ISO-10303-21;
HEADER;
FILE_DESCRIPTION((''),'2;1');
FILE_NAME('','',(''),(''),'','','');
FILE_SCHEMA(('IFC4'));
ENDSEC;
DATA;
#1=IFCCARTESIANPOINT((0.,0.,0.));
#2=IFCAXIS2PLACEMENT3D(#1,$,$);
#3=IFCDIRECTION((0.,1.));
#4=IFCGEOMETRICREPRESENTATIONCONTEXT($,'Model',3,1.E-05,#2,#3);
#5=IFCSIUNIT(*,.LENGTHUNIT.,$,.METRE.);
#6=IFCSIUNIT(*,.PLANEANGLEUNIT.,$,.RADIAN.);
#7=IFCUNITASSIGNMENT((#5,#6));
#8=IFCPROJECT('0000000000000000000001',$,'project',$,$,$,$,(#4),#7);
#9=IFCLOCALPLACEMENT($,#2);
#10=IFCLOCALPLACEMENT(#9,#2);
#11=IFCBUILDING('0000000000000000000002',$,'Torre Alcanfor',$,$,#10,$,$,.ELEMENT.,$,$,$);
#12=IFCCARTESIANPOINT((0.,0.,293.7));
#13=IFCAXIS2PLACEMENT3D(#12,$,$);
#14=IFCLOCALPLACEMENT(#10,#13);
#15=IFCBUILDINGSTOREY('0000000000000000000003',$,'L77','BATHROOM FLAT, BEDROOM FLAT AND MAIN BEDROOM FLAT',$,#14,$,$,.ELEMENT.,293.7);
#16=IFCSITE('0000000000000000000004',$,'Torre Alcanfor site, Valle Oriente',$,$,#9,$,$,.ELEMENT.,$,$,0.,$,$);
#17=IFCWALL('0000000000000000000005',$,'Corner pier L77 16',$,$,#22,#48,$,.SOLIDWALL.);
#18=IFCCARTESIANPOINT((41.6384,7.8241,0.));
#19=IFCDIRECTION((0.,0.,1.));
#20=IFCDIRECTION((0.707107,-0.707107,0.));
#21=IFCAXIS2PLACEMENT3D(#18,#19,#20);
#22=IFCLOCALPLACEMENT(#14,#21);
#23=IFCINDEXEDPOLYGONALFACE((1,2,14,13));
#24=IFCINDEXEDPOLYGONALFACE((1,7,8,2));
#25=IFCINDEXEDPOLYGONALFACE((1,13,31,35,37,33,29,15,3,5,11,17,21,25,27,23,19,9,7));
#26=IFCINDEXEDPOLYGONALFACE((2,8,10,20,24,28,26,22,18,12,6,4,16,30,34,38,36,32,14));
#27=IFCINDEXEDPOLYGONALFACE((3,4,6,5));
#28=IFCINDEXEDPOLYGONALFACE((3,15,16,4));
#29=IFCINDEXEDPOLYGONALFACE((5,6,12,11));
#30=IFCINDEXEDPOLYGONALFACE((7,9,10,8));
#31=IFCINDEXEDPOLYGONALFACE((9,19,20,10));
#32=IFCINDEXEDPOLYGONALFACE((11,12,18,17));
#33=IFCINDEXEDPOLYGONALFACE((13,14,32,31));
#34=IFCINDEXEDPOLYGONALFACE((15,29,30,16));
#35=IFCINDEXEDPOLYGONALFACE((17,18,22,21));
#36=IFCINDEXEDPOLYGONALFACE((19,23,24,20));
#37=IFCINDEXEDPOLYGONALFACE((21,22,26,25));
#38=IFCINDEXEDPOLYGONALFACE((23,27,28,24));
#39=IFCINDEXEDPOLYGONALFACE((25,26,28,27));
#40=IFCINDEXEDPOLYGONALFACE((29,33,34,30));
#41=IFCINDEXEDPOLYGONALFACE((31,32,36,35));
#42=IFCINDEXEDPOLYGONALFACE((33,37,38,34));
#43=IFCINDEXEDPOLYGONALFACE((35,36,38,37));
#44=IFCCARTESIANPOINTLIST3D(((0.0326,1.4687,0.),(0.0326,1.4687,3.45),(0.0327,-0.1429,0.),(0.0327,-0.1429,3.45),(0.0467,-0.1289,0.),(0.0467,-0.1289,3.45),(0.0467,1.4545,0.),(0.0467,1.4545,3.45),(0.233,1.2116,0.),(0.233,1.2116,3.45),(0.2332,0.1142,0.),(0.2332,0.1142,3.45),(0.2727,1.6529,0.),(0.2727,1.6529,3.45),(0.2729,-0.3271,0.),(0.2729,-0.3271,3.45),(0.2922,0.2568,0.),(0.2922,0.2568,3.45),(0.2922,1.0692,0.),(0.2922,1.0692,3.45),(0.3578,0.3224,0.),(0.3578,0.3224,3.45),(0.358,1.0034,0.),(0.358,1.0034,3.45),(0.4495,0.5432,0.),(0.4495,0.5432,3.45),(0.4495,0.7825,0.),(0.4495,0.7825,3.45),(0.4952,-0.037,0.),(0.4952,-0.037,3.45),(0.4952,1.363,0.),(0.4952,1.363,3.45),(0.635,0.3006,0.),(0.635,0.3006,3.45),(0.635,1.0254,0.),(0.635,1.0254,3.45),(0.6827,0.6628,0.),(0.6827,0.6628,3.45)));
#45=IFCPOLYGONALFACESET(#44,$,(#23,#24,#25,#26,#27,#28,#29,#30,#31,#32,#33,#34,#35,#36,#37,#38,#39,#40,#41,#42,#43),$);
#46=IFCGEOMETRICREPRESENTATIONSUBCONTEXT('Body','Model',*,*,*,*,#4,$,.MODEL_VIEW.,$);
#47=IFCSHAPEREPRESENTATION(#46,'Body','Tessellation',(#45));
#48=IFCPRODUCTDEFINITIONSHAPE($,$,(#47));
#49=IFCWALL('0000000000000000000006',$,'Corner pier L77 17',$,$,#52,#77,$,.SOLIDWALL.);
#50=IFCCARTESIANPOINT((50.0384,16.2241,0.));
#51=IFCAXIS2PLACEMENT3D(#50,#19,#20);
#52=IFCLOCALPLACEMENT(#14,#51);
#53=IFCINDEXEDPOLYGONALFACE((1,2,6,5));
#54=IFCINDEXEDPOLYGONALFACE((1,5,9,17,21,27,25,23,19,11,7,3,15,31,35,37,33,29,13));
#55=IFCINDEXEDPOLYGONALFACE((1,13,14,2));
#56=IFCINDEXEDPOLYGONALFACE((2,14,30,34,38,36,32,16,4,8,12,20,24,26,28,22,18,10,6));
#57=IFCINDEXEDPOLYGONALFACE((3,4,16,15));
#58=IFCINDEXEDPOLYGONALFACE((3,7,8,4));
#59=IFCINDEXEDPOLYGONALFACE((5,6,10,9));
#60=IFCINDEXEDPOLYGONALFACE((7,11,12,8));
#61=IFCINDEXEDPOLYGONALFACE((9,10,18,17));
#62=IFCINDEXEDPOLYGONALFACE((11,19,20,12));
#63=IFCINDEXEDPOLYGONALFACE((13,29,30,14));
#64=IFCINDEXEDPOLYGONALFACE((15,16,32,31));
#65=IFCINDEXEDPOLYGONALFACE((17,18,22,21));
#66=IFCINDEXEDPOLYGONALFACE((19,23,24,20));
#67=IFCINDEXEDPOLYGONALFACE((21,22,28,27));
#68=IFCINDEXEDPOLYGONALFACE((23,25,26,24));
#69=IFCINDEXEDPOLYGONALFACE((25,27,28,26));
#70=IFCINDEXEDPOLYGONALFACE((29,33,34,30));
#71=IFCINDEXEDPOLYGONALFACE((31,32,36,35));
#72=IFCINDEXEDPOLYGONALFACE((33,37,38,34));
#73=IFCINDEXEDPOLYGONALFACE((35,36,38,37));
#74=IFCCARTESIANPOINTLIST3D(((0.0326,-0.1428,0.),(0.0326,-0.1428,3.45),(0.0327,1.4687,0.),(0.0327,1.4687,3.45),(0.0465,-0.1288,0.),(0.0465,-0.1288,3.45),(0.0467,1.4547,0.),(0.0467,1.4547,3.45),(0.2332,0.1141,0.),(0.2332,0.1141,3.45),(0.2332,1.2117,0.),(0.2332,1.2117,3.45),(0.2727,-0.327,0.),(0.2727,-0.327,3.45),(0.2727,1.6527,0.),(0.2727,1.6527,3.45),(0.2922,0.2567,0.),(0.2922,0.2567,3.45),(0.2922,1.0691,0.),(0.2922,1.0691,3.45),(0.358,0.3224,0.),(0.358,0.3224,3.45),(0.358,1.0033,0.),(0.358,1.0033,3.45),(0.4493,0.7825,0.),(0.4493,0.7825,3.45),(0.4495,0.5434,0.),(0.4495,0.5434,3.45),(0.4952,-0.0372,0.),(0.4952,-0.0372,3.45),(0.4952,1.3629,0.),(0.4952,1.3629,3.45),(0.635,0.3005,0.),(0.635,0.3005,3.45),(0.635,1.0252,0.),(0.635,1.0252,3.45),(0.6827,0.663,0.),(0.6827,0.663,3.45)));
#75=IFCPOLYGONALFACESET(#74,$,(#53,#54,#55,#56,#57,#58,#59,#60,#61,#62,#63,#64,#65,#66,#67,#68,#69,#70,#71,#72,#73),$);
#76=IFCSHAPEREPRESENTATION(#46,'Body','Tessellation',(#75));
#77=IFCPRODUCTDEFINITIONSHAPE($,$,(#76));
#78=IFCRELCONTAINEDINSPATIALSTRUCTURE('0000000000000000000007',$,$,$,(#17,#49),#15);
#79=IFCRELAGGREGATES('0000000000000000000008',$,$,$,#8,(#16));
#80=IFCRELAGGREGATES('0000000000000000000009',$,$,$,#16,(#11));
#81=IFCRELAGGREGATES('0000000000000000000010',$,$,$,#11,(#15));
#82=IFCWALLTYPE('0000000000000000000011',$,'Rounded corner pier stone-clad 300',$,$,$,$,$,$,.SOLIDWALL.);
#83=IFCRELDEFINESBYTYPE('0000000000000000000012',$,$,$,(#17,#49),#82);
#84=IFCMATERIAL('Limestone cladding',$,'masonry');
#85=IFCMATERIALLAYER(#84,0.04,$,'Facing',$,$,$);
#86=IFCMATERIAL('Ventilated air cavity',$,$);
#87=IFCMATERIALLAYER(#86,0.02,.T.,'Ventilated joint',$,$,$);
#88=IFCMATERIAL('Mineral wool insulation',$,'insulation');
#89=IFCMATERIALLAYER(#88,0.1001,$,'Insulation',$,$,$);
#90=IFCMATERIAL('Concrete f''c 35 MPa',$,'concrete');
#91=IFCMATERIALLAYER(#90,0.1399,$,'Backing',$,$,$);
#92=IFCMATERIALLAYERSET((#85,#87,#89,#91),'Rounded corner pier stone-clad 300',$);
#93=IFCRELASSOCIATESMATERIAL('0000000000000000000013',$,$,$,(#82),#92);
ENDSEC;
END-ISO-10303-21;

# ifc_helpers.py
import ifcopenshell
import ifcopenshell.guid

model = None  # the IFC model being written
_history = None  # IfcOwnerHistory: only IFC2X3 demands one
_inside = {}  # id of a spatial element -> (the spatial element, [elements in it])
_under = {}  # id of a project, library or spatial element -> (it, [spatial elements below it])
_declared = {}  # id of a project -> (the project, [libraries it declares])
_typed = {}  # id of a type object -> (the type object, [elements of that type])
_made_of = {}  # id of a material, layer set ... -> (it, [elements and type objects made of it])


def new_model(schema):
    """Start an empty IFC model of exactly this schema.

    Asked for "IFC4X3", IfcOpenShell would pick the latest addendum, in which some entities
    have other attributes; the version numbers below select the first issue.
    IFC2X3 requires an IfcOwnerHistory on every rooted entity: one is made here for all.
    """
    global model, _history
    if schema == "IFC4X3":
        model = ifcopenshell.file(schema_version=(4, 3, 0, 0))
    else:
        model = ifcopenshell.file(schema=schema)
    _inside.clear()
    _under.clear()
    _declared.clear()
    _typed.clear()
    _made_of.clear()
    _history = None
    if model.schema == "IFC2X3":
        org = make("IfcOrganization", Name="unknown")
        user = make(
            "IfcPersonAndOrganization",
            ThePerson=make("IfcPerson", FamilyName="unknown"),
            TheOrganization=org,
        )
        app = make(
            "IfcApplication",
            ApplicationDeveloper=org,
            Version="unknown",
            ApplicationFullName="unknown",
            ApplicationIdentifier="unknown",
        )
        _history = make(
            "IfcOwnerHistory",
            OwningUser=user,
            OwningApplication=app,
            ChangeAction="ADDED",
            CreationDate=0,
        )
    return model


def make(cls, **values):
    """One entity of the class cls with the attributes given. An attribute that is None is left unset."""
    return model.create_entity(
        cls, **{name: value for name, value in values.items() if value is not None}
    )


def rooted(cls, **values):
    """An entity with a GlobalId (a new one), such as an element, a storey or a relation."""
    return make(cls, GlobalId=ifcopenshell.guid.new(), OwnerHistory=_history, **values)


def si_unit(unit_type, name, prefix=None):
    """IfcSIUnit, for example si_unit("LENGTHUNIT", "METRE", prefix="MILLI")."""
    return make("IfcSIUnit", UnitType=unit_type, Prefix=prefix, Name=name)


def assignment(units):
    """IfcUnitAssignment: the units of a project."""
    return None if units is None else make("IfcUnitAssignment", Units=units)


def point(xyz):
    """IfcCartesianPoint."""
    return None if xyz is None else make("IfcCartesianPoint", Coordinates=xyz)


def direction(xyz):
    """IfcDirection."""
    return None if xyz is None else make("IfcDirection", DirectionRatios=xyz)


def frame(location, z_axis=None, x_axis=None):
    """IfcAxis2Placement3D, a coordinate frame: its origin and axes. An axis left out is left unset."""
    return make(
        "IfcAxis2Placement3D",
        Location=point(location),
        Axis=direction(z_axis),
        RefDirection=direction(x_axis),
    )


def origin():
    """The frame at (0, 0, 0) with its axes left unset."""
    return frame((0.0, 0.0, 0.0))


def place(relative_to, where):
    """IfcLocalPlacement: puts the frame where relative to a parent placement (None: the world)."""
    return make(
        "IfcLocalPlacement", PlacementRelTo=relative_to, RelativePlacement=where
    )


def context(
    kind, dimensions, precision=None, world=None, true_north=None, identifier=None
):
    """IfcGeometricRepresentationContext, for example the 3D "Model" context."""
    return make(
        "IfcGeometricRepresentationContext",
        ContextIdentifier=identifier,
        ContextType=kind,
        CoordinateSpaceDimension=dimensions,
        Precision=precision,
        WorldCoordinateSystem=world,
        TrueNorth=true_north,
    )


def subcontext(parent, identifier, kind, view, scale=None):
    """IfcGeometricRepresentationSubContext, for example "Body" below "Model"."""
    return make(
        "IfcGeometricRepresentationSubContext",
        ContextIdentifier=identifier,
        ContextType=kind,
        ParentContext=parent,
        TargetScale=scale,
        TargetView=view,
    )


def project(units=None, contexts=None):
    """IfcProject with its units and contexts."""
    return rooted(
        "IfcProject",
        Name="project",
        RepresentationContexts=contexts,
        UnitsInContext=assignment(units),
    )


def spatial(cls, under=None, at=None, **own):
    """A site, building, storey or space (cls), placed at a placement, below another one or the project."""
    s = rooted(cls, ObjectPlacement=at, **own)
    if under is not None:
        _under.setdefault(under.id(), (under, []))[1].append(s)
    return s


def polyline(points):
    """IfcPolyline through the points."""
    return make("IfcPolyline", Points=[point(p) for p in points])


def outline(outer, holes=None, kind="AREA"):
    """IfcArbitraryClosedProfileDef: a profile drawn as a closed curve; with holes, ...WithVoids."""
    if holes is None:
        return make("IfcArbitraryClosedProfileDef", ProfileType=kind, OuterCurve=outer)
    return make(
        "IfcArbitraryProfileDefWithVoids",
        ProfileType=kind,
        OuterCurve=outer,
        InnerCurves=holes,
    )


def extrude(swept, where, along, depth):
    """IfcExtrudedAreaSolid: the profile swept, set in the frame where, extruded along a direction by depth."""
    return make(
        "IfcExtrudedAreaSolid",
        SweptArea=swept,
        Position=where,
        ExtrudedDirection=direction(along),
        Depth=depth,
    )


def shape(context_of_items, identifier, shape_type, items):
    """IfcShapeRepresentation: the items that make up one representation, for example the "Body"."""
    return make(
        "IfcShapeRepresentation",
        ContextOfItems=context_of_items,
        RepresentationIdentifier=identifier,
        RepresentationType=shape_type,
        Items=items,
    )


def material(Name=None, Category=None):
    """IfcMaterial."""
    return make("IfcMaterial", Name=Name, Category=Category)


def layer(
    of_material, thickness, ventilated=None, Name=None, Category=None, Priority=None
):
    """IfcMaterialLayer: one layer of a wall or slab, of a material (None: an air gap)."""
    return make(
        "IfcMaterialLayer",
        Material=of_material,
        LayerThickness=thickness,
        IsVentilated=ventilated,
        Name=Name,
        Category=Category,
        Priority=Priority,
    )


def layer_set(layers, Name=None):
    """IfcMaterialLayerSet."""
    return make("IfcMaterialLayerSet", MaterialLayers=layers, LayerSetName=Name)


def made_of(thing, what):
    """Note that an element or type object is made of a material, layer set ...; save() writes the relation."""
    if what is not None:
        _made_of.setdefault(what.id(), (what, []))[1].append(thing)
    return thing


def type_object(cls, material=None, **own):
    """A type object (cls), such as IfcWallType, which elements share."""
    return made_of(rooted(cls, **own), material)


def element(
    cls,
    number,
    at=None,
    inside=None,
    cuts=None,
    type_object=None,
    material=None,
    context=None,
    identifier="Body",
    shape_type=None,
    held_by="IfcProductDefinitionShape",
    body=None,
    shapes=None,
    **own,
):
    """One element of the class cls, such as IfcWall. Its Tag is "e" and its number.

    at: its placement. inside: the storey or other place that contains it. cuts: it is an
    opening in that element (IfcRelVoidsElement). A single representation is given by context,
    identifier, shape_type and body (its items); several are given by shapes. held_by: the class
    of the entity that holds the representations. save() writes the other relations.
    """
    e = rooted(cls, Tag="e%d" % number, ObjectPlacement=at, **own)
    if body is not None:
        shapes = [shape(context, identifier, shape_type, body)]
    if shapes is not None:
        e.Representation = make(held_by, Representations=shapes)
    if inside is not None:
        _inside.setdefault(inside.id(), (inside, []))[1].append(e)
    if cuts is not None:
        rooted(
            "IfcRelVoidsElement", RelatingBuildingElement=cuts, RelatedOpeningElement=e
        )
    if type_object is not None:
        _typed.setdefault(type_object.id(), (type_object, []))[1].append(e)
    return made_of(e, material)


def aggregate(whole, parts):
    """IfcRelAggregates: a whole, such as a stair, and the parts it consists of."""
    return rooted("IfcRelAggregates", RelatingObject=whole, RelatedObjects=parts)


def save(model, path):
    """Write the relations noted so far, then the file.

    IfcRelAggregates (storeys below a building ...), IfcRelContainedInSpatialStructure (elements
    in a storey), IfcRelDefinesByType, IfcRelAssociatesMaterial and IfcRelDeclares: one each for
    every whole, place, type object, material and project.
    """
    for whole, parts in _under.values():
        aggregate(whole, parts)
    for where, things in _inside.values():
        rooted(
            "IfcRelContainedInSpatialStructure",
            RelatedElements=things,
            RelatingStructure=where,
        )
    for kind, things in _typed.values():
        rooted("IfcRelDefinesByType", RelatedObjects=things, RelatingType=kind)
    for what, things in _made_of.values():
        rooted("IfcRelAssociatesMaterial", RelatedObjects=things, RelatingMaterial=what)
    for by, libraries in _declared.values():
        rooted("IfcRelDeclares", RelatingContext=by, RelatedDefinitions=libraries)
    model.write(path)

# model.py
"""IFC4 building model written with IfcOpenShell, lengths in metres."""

from ifc_helpers import new_model, si_unit, direction, frame, origin, place, context, subcontext, project, spatial, polyline, outline, extrude, material, layer, layer_set, type_object, element, save


model = new_model("IFC4")

# Units and contexts
model_context = context("Model", 3, precision=1e-05, world=origin(), true_north=direction((0.0, 1.0)))
body_context = subcontext(model_context, "Body", "Model", "MODEL_VIEW")
ifc_project = project(units=[si_unit("LENGTHUNIT", "METRE"), si_unit("PLANEANGLEUNIT", "RADIAN")], contexts=[model_context])

# Site, building, storey
site_placement = place(None, origin())
site = spatial("IfcSite", under=ifc_project, at=site_placement, Name="Torre Alcanfor site, Valle Oriente", CompositionType="ELEMENT", RefElevation=0.0)
building_placement = place(site_placement, origin())
building = spatial("IfcBuilding", under=site, at=building_placement, Name="Torre Alcanfor", CompositionType="ELEMENT")
storey_placement = place(building_placement, frame((0.0, 0.0, 293.7)))
storey = spatial("IfcBuildingStorey", under=building, at=storey_placement, Name="L77", Description="BATHROOM FLAT, BEDROOM FLAT AND MAIN BEDROOM FLAT", CompositionType="ELEMENT", Elevation=293.7)

# Shared definitions
ifc_material_1 = material(Name="Limestone cladding", Category="masonry")
ifc_material_2 = material(Name="Ventilated air cavity")
ifc_material_3 = material(Name="Mineral wool insulation", Category="insulation")
ifc_material_4 = material(Name="Concrete f'c 35 MPa", Category="concrete")

# Walls
ifc_layer_1 = layer(ifc_material_1, 0.04, Name="Facing")
ifc_layer_2 = layer(ifc_material_2, 0.02, ventilated=True, Name="Ventilated joint")
ifc_layer_3 = layer(ifc_material_3, 0.1001, Name="Insulation")
ifc_layer_4 = layer(ifc_material_4, 0.1399, Name="Backing")
ifc_layer_set_1 = layer_set([ifc_layer_1, ifc_layer_2, ifc_layer_3, ifc_layer_4], Name="Rounded corner pier stone-clad 300")
wall_type_1 = type_object("IfcWallType", Name="Rounded corner pier stone-clad 300", PredefinedType="SOLIDWALL", material=ifc_layer_set_1)
wall_1_placement = place(storey_placement, frame((41.6384, 7.8241, 0.0), z_axis=(0.0, 0.0, 1.0), x_axis=(0.707107, -0.707107, 0.0)))
element("IfcWall", 1, at=wall_1_placement, inside=storey, type_object=wall_type_1, Name="Corner pier L77 16", PredefinedType="SOLIDWALL", context=body_context, shape_type="SweptSolid", body=[
    extrude(outline(polyline([(0.0326, 1.4687), (0.0467, 1.4545), (0.233, 1.2116), (0.2922, 1.0692), (0.358, 1.0034), (0.4495, 0.7825), (0.4495, 0.5432), (0.3578, 0.3224), (0.2922, 0.2568), (0.2332, 0.1142), (0.0467, -0.1289), (0.0327, -0.1429), (0.2729, -0.3271), (0.4952, -0.037), (0.635, 0.3006), (0.6827, 0.6628), (0.635, 1.0254), (0.4952, 1.363), (0.2727, 1.6529), (0.0326, 1.4687)])), origin(), (0.0, 0.0, 1.0), 3.45),
])
wall_2_placement = place(storey_placement, frame((50.0384, 16.2241, 0.0), z_axis=(0.0, 0.0, 1.0), x_axis=(0.707107, -0.707107, 0.0)))
element("IfcWall", 2, at=wall_2_placement, inside=storey, type_object=wall_type_1, Name="Corner pier L77 17", PredefinedType="SOLIDWALL", context=body_context, shape_type="SweptSolid", body=[
    extrude(outline(polyline([(0.0467, 1.4547), (0.2332, 1.2117), (0.2922, 1.0691), (0.358, 1.0033), (0.4493, 0.7825), (0.4495, 0.5434), (0.358, 0.3224), (0.2922, 0.2567), (0.2332, 0.1141), (0.0465, -0.1288), (0.0326, -0.1428), (0.2727, -0.327), (0.4952, -0.0372), (0.635, 0.3005), (0.6827, 0.663), (0.635, 1.0252), (0.4952, 1.3629), (0.2727, 1.6527), (0.0327, 1.4687), (0.0467, 1.4547)])), origin(), (0.0, 0.0, 1.0), 3.45),
])

save(model, "model.ifc")
